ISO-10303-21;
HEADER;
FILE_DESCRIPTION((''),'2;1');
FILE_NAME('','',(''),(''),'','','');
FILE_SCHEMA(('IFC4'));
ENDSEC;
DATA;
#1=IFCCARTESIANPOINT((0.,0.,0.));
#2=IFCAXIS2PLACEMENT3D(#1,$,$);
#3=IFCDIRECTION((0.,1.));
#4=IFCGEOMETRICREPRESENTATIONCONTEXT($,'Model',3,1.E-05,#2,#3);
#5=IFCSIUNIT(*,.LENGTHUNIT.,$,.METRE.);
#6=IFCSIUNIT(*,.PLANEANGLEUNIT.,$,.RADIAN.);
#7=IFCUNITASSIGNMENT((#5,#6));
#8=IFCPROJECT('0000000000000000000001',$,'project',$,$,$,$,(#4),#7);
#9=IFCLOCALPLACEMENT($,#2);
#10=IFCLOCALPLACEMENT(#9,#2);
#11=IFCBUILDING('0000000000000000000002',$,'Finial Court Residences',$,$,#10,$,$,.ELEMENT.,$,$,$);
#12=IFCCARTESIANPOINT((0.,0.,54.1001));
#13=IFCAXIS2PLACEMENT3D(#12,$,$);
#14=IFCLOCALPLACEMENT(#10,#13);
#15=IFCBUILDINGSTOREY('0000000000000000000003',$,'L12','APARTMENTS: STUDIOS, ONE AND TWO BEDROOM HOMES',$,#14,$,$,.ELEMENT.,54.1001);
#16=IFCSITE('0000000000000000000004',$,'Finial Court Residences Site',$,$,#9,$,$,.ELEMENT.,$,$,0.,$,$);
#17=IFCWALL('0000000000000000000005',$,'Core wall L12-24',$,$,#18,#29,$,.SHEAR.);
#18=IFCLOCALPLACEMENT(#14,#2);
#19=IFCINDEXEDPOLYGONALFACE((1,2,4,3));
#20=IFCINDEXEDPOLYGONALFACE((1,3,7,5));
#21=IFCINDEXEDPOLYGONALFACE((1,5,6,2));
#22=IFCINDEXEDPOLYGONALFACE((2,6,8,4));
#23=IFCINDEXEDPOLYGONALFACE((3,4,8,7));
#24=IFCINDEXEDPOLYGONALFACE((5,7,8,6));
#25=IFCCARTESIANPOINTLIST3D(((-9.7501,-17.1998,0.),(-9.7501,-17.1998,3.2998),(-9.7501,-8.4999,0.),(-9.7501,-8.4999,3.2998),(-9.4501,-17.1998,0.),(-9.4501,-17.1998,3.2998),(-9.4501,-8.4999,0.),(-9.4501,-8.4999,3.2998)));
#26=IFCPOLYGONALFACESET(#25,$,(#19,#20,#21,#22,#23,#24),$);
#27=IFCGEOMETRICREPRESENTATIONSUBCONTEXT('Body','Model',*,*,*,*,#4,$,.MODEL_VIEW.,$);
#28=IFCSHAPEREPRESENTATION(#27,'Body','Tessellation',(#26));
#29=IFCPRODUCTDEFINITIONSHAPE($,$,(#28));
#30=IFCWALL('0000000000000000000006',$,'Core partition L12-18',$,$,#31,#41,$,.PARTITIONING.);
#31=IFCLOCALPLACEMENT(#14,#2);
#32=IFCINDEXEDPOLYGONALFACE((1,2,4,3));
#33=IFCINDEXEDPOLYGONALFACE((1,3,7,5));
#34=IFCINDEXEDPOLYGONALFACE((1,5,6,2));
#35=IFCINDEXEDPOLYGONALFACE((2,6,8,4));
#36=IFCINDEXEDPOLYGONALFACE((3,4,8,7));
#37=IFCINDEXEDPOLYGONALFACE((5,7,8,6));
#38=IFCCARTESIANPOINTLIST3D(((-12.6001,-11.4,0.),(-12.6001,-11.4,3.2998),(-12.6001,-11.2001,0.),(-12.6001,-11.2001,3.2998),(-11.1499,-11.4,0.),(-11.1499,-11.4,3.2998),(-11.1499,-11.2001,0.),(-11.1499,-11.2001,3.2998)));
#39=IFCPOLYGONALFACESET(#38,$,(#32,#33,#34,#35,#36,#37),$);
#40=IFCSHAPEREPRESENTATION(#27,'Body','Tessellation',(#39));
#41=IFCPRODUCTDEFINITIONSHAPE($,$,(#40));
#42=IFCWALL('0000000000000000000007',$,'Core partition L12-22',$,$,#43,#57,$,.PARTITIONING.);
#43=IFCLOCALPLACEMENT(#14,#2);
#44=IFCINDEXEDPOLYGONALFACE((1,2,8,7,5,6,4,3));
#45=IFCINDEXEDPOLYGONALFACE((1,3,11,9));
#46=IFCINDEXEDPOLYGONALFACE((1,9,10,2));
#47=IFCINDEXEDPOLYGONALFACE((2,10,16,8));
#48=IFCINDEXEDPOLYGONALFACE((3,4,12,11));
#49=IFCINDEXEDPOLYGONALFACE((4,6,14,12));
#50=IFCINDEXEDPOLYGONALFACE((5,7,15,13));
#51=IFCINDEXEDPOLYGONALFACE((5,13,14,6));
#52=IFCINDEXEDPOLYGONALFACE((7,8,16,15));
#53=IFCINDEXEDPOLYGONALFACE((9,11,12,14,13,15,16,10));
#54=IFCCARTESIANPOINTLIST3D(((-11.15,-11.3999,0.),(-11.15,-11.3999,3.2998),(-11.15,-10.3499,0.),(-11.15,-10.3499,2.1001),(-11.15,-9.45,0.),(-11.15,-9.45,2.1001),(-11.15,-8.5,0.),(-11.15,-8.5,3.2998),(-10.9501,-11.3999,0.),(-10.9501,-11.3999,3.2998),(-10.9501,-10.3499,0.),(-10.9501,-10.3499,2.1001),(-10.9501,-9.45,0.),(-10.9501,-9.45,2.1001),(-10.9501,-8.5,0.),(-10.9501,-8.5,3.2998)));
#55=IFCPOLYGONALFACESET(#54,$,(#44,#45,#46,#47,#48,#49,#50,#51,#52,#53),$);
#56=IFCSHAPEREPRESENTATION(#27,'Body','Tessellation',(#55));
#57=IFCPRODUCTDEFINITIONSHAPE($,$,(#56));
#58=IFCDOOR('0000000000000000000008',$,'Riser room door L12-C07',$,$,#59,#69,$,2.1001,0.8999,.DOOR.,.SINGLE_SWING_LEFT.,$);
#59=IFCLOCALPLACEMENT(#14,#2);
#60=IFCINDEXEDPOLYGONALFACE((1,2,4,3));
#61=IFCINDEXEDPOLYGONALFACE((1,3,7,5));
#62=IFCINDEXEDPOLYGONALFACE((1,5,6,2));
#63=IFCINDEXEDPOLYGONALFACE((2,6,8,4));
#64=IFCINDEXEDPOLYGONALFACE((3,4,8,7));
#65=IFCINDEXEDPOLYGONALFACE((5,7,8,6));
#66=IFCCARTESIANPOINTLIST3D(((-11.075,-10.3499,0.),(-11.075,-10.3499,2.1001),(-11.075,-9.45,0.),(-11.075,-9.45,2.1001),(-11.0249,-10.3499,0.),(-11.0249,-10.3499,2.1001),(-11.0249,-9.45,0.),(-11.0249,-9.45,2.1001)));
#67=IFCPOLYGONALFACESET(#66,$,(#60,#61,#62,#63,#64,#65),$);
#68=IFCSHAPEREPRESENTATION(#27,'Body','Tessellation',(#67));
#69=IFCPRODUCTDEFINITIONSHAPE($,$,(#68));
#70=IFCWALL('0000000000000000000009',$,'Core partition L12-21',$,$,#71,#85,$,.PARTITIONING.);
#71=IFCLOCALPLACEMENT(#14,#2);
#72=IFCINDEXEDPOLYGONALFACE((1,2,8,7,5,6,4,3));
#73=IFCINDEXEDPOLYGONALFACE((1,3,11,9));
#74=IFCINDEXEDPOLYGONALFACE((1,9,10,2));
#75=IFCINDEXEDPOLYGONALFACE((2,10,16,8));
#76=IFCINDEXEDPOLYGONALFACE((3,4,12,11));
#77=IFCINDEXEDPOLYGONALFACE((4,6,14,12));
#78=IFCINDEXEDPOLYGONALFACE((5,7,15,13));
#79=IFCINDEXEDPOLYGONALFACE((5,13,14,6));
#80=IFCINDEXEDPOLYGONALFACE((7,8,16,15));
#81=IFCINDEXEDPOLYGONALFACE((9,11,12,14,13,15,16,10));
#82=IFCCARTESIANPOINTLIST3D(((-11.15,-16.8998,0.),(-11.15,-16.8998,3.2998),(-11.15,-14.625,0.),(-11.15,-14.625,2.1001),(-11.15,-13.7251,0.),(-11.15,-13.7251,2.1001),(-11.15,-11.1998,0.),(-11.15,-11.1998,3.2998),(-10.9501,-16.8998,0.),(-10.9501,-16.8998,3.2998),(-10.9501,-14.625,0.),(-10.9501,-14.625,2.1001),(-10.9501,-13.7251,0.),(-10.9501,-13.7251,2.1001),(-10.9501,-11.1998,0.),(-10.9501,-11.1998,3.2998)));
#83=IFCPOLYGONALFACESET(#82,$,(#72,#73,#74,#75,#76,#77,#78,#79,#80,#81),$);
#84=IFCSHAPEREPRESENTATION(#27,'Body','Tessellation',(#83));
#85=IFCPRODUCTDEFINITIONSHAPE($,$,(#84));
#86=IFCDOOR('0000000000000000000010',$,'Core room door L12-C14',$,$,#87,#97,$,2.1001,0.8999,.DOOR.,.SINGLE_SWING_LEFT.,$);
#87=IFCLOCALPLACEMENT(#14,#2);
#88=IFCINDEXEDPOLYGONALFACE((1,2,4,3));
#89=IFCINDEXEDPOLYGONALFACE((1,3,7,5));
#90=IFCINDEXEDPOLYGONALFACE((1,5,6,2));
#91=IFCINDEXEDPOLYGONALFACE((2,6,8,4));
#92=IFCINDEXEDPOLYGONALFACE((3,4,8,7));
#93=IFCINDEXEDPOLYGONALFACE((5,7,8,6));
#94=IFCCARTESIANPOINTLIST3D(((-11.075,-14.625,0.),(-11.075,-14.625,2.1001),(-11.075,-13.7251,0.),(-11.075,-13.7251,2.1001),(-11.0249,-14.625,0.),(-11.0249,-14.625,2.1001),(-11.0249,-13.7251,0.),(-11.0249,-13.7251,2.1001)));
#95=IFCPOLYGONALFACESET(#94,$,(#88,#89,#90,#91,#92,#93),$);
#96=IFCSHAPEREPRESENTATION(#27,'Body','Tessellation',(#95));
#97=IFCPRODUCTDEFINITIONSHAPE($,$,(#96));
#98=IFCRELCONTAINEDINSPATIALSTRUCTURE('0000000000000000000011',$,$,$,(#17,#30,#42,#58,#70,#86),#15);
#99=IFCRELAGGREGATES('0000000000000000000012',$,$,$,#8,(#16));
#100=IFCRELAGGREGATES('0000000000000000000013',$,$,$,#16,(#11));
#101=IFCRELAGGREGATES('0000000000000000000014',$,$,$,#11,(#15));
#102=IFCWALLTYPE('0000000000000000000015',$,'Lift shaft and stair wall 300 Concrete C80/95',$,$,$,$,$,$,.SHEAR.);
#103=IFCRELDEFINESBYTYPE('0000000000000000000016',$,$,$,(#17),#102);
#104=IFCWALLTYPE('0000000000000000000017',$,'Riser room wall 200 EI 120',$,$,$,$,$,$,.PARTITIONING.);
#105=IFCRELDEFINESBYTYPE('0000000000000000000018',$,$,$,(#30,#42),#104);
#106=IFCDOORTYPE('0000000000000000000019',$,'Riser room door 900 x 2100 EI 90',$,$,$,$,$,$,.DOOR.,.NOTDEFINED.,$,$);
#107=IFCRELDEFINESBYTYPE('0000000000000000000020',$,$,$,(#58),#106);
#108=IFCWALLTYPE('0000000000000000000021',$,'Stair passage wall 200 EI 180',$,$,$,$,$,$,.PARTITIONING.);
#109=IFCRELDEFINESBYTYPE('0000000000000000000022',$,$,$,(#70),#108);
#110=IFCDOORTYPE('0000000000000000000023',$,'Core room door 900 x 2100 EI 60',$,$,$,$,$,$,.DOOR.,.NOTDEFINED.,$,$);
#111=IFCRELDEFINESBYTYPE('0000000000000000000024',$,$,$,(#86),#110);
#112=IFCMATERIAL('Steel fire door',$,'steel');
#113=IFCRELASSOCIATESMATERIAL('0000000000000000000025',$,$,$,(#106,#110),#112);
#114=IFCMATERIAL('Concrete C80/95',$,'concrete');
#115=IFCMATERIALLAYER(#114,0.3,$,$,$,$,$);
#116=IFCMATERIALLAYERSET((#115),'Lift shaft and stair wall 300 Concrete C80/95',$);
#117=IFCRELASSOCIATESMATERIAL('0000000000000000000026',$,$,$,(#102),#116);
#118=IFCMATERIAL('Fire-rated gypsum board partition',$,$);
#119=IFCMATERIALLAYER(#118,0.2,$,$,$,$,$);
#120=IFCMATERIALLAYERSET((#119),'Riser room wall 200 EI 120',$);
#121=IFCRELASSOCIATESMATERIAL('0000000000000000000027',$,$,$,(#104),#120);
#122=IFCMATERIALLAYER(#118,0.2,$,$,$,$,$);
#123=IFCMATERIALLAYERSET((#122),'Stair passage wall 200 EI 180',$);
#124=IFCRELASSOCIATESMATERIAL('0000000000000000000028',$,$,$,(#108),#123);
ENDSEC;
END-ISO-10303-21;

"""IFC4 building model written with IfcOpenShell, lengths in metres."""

from ifc_helpers import new_model, si_unit, direction, frame, frame_2d, origin, place, context, subcontext, project, spatial, rectangle, extrude, material, layer, layer_set, type_object, element, fill, save


model = new_model("IFC4")

# Units and contexts
model_context = context("Model", 3, precision=1e-05, world=origin(), true_north=direction((0.0, 1.0)))
body_context = subcontext(model_context, "Body", "Model", "MODEL_VIEW")
ifc_project = project(units=[si_unit("LENGTHUNIT", "METRE"), si_unit("PLANEANGLEUNIT", "RADIAN")], contexts=[model_context])

# Site, building, storey
site_placement = place(None, origin())
site = spatial("IfcSite", under=ifc_project, at=site_placement, Name="Finial Court Residences Site", CompositionType="ELEMENT", RefElevation=0.0)
building_placement = place(site_placement, origin())
building = spatial("IfcBuilding", under=site, at=building_placement, Name="Finial Court Residences", CompositionType="ELEMENT")
storey_placement = place(building_placement, frame((0.0, 0.0, 54.1001)))
storey = spatial("IfcBuildingStorey", under=building, at=storey_placement, Name="L12", Description="APARTMENTS: STUDIOS, ONE AND TWO BEDROOM HOMES", CompositionType="ELEMENT", Elevation=54.1001)

# Shared definitions
ifc_material_1 = material(Name="Concrete C80/95", Category="concrete")

# Shared definitions
ifc_material_2 = material(Name="Steel fire door", Category="steel")
door_type_1 = type_object("IfcDoorType", Name="Riser room door 900 x 2100 EI 90", OperationType="NOTDEFINED", PredefinedType="DOOR", material=ifc_material_2)

# Walls
ifc_layer_1 = layer(ifc_material_1, 0.3)
ifc_layer_set_1 = layer_set([ifc_layer_1], Name="Lift shaft and stair wall 300 Concrete C80/95")
wall_type_1 = type_object("IfcWallType", Name="Lift shaft and stair wall 300 Concrete C80/95", PredefinedType="SHEAR", material=ifc_layer_set_1)
wall_1_placement = place(storey_placement, frame((-9.6001, -17.2, 0.0), z_axis=(0.0, 0.0, 1.0), x_axis=(0.0, 1.0, 0.0)))
element("IfcWall", 1, at=wall_1_placement, inside=storey, type_object=wall_type_1, Name="Core wall L12-24", PredefinedType="SHEAR", context=body_context, shape_type="SweptSolid", body=[
    extrude(rectangle(XDim=8.7, YDim=0.3, at=frame_2d((4.3501, 0.0))), origin(), (0.0, 0.0, 1.0), 3.2998),
])
ifc_material_3 = material(Name="Fire-rated gypsum board partition")
ifc_layer_2 = layer(ifc_material_3, 0.2)
ifc_layer_set_2 = layer_set([ifc_layer_2], Name="Riser room wall 200 EI 120")
wall_type_2 = type_object("IfcWallType", Name="Riser room wall 200 EI 120", PredefinedType="PARTITIONING", material=ifc_layer_set_2)
wall_2_placement = place(storey_placement, frame((-12.6001, -11.3, 0.0), z_axis=(0.0, 0.0, 1.0), x_axis=(1.0, 0.0, 0.0)))
element("IfcWall", 2, at=wall_2_placement, inside=storey, type_object=wall_type_2, Name="Core partition L12-18", PredefinedType="PARTITIONING", context=body_context, shape_type="SweptSolid", body=[
    extrude(rectangle(XDim=1.4502, YDim=0.2, at=frame_2d((0.7251, 0.0))), origin(), (0.0, 0.0, 1.0), 3.2998),
])

# Walls, openings, doors
wall_3_placement = place(storey_placement, frame((-11.05, -11.3999, 0.0), z_axis=(0.0, 0.0, 1.0), x_axis=(0.0, 1.0, 0.0)))
wall_3 = element("IfcWall", 3, at=wall_3_placement, inside=storey, type_object=wall_type_2, Name="Core partition L12-22", PredefinedType="PARTITIONING", context=body_context, shape_type="SweptSolid", body=[
    extrude(rectangle(XDim=2.8999, YDim=0.2, at=frame_2d((1.45, 0.0))), origin(), (0.0, 0.0, 1.0), 3.2998),
])
opening_1_placement = place(wall_3_placement, frame((1.05, 0.0, 0.0)))
opening_1 = element("IfcOpeningElement", 4, at=opening_1_placement, cuts=wall_3, PredefinedType="OPENING", context=body_context, shape_type="SweptSolid", body=[
    extrude(rectangle(XDim=0.8999, YDim=2.1001, at=frame_2d((0.45, 1.05))), frame((0.0, 0.1099, 0.0), z_axis=(0.0, -1.0, 0.0), x_axis=(1.0, 0.0, 0.0)), (0.0, 0.0, 1.0), 0.22),
])
door_1_placement = place(opening_1_placement, origin())
door_1 = element("IfcDoor", 5, at=door_1_placement, inside=storey, type_object=door_type_1, Name="Riser room door L12-C07", OperationType="SINGLE_SWING_LEFT", OverallHeight=2.1001, OverallWidth=0.8999, PredefinedType="DOOR", context=body_context, shape_type="SweptSolid", body=[
    extrude(rectangle(XDim=0.8999, YDim=2.1001, at=frame_2d((0.45, 1.05))), frame((0.0, 0.0249, 0.0), z_axis=(0.0, -1.0, 0.0), x_axis=(1.0, 0.0, 0.0)), (0.0, 0.0, 1.0), 0.05),
])
fill(opening_1, door_1)
ifc_layer_3 = layer(ifc_material_3, 0.2)
ifc_layer_set_3 = layer_set([ifc_layer_3], Name="Stair passage wall 200 EI 180")
wall_type_3 = type_object("IfcWallType", Name="Stair passage wall 200 EI 180", PredefinedType="PARTITIONING", material=ifc_layer_set_3)
wall_4_placement = place(storey_placement, frame((-11.05, -16.8999, 0.0), z_axis=(0.0, 0.0, 1.0), x_axis=(0.0, 1.0, 0.0)))
wall_4 = element("IfcWall", 6, at=wall_4_placement, inside=storey, type_object=wall_type_3, Name="Core partition L12-21", PredefinedType="PARTITIONING", context=body_context, shape_type="SweptSolid", body=[
    extrude(rectangle(XDim=5.7, YDim=0.2, at=frame_2d((2.8501, 0.0))), origin(), (0.0, 0.0, 1.0), 3.2998),
])
opening_2_placement = place(wall_4_placement, frame((2.2749, 0.0, 0.0)))
opening_2 = element("IfcOpeningElement", 7, at=opening_2_placement, cuts=wall_4, PredefinedType="OPENING", context=body_context, shape_type="SweptSolid", body=[
    extrude(rectangle(XDim=0.8999, YDim=2.1001, at=frame_2d((0.45, 1.05))), frame((0.0, 0.1099, 0.0), z_axis=(0.0, -1.0, 0.0), x_axis=(1.0, 0.0, 0.0)), (0.0, 0.0, 1.0), 0.22),
])
door_type_2 = type_object("IfcDoorType", Name="Core room door 900 x 2100 EI 60", OperationType="NOTDEFINED", PredefinedType="DOOR", material=ifc_material_2)
door_2_placement = place(opening_2_placement, origin())
door_2 = element("IfcDoor", 8, at=door_2_placement, inside=storey, type_object=door_type_2, Name="Core room door L12-C14", OperationType="SINGLE_SWING_LEFT", OverallHeight=2.1001, OverallWidth=0.8999, PredefinedType="DOOR", context=body_context, shape_type="SweptSolid", body=[
    extrude(rectangle(XDim=0.8999, YDim=2.1001, at=frame_2d((0.45, 1.05))), frame((0.0, 0.0249, 0.0), z_axis=(0.0, -1.0, 0.0), x_axis=(1.0, 0.0, 0.0)), (0.0, 0.0, 1.0), 0.05),
])
fill(opening_2, door_2)

save(model, "model.ifc")
